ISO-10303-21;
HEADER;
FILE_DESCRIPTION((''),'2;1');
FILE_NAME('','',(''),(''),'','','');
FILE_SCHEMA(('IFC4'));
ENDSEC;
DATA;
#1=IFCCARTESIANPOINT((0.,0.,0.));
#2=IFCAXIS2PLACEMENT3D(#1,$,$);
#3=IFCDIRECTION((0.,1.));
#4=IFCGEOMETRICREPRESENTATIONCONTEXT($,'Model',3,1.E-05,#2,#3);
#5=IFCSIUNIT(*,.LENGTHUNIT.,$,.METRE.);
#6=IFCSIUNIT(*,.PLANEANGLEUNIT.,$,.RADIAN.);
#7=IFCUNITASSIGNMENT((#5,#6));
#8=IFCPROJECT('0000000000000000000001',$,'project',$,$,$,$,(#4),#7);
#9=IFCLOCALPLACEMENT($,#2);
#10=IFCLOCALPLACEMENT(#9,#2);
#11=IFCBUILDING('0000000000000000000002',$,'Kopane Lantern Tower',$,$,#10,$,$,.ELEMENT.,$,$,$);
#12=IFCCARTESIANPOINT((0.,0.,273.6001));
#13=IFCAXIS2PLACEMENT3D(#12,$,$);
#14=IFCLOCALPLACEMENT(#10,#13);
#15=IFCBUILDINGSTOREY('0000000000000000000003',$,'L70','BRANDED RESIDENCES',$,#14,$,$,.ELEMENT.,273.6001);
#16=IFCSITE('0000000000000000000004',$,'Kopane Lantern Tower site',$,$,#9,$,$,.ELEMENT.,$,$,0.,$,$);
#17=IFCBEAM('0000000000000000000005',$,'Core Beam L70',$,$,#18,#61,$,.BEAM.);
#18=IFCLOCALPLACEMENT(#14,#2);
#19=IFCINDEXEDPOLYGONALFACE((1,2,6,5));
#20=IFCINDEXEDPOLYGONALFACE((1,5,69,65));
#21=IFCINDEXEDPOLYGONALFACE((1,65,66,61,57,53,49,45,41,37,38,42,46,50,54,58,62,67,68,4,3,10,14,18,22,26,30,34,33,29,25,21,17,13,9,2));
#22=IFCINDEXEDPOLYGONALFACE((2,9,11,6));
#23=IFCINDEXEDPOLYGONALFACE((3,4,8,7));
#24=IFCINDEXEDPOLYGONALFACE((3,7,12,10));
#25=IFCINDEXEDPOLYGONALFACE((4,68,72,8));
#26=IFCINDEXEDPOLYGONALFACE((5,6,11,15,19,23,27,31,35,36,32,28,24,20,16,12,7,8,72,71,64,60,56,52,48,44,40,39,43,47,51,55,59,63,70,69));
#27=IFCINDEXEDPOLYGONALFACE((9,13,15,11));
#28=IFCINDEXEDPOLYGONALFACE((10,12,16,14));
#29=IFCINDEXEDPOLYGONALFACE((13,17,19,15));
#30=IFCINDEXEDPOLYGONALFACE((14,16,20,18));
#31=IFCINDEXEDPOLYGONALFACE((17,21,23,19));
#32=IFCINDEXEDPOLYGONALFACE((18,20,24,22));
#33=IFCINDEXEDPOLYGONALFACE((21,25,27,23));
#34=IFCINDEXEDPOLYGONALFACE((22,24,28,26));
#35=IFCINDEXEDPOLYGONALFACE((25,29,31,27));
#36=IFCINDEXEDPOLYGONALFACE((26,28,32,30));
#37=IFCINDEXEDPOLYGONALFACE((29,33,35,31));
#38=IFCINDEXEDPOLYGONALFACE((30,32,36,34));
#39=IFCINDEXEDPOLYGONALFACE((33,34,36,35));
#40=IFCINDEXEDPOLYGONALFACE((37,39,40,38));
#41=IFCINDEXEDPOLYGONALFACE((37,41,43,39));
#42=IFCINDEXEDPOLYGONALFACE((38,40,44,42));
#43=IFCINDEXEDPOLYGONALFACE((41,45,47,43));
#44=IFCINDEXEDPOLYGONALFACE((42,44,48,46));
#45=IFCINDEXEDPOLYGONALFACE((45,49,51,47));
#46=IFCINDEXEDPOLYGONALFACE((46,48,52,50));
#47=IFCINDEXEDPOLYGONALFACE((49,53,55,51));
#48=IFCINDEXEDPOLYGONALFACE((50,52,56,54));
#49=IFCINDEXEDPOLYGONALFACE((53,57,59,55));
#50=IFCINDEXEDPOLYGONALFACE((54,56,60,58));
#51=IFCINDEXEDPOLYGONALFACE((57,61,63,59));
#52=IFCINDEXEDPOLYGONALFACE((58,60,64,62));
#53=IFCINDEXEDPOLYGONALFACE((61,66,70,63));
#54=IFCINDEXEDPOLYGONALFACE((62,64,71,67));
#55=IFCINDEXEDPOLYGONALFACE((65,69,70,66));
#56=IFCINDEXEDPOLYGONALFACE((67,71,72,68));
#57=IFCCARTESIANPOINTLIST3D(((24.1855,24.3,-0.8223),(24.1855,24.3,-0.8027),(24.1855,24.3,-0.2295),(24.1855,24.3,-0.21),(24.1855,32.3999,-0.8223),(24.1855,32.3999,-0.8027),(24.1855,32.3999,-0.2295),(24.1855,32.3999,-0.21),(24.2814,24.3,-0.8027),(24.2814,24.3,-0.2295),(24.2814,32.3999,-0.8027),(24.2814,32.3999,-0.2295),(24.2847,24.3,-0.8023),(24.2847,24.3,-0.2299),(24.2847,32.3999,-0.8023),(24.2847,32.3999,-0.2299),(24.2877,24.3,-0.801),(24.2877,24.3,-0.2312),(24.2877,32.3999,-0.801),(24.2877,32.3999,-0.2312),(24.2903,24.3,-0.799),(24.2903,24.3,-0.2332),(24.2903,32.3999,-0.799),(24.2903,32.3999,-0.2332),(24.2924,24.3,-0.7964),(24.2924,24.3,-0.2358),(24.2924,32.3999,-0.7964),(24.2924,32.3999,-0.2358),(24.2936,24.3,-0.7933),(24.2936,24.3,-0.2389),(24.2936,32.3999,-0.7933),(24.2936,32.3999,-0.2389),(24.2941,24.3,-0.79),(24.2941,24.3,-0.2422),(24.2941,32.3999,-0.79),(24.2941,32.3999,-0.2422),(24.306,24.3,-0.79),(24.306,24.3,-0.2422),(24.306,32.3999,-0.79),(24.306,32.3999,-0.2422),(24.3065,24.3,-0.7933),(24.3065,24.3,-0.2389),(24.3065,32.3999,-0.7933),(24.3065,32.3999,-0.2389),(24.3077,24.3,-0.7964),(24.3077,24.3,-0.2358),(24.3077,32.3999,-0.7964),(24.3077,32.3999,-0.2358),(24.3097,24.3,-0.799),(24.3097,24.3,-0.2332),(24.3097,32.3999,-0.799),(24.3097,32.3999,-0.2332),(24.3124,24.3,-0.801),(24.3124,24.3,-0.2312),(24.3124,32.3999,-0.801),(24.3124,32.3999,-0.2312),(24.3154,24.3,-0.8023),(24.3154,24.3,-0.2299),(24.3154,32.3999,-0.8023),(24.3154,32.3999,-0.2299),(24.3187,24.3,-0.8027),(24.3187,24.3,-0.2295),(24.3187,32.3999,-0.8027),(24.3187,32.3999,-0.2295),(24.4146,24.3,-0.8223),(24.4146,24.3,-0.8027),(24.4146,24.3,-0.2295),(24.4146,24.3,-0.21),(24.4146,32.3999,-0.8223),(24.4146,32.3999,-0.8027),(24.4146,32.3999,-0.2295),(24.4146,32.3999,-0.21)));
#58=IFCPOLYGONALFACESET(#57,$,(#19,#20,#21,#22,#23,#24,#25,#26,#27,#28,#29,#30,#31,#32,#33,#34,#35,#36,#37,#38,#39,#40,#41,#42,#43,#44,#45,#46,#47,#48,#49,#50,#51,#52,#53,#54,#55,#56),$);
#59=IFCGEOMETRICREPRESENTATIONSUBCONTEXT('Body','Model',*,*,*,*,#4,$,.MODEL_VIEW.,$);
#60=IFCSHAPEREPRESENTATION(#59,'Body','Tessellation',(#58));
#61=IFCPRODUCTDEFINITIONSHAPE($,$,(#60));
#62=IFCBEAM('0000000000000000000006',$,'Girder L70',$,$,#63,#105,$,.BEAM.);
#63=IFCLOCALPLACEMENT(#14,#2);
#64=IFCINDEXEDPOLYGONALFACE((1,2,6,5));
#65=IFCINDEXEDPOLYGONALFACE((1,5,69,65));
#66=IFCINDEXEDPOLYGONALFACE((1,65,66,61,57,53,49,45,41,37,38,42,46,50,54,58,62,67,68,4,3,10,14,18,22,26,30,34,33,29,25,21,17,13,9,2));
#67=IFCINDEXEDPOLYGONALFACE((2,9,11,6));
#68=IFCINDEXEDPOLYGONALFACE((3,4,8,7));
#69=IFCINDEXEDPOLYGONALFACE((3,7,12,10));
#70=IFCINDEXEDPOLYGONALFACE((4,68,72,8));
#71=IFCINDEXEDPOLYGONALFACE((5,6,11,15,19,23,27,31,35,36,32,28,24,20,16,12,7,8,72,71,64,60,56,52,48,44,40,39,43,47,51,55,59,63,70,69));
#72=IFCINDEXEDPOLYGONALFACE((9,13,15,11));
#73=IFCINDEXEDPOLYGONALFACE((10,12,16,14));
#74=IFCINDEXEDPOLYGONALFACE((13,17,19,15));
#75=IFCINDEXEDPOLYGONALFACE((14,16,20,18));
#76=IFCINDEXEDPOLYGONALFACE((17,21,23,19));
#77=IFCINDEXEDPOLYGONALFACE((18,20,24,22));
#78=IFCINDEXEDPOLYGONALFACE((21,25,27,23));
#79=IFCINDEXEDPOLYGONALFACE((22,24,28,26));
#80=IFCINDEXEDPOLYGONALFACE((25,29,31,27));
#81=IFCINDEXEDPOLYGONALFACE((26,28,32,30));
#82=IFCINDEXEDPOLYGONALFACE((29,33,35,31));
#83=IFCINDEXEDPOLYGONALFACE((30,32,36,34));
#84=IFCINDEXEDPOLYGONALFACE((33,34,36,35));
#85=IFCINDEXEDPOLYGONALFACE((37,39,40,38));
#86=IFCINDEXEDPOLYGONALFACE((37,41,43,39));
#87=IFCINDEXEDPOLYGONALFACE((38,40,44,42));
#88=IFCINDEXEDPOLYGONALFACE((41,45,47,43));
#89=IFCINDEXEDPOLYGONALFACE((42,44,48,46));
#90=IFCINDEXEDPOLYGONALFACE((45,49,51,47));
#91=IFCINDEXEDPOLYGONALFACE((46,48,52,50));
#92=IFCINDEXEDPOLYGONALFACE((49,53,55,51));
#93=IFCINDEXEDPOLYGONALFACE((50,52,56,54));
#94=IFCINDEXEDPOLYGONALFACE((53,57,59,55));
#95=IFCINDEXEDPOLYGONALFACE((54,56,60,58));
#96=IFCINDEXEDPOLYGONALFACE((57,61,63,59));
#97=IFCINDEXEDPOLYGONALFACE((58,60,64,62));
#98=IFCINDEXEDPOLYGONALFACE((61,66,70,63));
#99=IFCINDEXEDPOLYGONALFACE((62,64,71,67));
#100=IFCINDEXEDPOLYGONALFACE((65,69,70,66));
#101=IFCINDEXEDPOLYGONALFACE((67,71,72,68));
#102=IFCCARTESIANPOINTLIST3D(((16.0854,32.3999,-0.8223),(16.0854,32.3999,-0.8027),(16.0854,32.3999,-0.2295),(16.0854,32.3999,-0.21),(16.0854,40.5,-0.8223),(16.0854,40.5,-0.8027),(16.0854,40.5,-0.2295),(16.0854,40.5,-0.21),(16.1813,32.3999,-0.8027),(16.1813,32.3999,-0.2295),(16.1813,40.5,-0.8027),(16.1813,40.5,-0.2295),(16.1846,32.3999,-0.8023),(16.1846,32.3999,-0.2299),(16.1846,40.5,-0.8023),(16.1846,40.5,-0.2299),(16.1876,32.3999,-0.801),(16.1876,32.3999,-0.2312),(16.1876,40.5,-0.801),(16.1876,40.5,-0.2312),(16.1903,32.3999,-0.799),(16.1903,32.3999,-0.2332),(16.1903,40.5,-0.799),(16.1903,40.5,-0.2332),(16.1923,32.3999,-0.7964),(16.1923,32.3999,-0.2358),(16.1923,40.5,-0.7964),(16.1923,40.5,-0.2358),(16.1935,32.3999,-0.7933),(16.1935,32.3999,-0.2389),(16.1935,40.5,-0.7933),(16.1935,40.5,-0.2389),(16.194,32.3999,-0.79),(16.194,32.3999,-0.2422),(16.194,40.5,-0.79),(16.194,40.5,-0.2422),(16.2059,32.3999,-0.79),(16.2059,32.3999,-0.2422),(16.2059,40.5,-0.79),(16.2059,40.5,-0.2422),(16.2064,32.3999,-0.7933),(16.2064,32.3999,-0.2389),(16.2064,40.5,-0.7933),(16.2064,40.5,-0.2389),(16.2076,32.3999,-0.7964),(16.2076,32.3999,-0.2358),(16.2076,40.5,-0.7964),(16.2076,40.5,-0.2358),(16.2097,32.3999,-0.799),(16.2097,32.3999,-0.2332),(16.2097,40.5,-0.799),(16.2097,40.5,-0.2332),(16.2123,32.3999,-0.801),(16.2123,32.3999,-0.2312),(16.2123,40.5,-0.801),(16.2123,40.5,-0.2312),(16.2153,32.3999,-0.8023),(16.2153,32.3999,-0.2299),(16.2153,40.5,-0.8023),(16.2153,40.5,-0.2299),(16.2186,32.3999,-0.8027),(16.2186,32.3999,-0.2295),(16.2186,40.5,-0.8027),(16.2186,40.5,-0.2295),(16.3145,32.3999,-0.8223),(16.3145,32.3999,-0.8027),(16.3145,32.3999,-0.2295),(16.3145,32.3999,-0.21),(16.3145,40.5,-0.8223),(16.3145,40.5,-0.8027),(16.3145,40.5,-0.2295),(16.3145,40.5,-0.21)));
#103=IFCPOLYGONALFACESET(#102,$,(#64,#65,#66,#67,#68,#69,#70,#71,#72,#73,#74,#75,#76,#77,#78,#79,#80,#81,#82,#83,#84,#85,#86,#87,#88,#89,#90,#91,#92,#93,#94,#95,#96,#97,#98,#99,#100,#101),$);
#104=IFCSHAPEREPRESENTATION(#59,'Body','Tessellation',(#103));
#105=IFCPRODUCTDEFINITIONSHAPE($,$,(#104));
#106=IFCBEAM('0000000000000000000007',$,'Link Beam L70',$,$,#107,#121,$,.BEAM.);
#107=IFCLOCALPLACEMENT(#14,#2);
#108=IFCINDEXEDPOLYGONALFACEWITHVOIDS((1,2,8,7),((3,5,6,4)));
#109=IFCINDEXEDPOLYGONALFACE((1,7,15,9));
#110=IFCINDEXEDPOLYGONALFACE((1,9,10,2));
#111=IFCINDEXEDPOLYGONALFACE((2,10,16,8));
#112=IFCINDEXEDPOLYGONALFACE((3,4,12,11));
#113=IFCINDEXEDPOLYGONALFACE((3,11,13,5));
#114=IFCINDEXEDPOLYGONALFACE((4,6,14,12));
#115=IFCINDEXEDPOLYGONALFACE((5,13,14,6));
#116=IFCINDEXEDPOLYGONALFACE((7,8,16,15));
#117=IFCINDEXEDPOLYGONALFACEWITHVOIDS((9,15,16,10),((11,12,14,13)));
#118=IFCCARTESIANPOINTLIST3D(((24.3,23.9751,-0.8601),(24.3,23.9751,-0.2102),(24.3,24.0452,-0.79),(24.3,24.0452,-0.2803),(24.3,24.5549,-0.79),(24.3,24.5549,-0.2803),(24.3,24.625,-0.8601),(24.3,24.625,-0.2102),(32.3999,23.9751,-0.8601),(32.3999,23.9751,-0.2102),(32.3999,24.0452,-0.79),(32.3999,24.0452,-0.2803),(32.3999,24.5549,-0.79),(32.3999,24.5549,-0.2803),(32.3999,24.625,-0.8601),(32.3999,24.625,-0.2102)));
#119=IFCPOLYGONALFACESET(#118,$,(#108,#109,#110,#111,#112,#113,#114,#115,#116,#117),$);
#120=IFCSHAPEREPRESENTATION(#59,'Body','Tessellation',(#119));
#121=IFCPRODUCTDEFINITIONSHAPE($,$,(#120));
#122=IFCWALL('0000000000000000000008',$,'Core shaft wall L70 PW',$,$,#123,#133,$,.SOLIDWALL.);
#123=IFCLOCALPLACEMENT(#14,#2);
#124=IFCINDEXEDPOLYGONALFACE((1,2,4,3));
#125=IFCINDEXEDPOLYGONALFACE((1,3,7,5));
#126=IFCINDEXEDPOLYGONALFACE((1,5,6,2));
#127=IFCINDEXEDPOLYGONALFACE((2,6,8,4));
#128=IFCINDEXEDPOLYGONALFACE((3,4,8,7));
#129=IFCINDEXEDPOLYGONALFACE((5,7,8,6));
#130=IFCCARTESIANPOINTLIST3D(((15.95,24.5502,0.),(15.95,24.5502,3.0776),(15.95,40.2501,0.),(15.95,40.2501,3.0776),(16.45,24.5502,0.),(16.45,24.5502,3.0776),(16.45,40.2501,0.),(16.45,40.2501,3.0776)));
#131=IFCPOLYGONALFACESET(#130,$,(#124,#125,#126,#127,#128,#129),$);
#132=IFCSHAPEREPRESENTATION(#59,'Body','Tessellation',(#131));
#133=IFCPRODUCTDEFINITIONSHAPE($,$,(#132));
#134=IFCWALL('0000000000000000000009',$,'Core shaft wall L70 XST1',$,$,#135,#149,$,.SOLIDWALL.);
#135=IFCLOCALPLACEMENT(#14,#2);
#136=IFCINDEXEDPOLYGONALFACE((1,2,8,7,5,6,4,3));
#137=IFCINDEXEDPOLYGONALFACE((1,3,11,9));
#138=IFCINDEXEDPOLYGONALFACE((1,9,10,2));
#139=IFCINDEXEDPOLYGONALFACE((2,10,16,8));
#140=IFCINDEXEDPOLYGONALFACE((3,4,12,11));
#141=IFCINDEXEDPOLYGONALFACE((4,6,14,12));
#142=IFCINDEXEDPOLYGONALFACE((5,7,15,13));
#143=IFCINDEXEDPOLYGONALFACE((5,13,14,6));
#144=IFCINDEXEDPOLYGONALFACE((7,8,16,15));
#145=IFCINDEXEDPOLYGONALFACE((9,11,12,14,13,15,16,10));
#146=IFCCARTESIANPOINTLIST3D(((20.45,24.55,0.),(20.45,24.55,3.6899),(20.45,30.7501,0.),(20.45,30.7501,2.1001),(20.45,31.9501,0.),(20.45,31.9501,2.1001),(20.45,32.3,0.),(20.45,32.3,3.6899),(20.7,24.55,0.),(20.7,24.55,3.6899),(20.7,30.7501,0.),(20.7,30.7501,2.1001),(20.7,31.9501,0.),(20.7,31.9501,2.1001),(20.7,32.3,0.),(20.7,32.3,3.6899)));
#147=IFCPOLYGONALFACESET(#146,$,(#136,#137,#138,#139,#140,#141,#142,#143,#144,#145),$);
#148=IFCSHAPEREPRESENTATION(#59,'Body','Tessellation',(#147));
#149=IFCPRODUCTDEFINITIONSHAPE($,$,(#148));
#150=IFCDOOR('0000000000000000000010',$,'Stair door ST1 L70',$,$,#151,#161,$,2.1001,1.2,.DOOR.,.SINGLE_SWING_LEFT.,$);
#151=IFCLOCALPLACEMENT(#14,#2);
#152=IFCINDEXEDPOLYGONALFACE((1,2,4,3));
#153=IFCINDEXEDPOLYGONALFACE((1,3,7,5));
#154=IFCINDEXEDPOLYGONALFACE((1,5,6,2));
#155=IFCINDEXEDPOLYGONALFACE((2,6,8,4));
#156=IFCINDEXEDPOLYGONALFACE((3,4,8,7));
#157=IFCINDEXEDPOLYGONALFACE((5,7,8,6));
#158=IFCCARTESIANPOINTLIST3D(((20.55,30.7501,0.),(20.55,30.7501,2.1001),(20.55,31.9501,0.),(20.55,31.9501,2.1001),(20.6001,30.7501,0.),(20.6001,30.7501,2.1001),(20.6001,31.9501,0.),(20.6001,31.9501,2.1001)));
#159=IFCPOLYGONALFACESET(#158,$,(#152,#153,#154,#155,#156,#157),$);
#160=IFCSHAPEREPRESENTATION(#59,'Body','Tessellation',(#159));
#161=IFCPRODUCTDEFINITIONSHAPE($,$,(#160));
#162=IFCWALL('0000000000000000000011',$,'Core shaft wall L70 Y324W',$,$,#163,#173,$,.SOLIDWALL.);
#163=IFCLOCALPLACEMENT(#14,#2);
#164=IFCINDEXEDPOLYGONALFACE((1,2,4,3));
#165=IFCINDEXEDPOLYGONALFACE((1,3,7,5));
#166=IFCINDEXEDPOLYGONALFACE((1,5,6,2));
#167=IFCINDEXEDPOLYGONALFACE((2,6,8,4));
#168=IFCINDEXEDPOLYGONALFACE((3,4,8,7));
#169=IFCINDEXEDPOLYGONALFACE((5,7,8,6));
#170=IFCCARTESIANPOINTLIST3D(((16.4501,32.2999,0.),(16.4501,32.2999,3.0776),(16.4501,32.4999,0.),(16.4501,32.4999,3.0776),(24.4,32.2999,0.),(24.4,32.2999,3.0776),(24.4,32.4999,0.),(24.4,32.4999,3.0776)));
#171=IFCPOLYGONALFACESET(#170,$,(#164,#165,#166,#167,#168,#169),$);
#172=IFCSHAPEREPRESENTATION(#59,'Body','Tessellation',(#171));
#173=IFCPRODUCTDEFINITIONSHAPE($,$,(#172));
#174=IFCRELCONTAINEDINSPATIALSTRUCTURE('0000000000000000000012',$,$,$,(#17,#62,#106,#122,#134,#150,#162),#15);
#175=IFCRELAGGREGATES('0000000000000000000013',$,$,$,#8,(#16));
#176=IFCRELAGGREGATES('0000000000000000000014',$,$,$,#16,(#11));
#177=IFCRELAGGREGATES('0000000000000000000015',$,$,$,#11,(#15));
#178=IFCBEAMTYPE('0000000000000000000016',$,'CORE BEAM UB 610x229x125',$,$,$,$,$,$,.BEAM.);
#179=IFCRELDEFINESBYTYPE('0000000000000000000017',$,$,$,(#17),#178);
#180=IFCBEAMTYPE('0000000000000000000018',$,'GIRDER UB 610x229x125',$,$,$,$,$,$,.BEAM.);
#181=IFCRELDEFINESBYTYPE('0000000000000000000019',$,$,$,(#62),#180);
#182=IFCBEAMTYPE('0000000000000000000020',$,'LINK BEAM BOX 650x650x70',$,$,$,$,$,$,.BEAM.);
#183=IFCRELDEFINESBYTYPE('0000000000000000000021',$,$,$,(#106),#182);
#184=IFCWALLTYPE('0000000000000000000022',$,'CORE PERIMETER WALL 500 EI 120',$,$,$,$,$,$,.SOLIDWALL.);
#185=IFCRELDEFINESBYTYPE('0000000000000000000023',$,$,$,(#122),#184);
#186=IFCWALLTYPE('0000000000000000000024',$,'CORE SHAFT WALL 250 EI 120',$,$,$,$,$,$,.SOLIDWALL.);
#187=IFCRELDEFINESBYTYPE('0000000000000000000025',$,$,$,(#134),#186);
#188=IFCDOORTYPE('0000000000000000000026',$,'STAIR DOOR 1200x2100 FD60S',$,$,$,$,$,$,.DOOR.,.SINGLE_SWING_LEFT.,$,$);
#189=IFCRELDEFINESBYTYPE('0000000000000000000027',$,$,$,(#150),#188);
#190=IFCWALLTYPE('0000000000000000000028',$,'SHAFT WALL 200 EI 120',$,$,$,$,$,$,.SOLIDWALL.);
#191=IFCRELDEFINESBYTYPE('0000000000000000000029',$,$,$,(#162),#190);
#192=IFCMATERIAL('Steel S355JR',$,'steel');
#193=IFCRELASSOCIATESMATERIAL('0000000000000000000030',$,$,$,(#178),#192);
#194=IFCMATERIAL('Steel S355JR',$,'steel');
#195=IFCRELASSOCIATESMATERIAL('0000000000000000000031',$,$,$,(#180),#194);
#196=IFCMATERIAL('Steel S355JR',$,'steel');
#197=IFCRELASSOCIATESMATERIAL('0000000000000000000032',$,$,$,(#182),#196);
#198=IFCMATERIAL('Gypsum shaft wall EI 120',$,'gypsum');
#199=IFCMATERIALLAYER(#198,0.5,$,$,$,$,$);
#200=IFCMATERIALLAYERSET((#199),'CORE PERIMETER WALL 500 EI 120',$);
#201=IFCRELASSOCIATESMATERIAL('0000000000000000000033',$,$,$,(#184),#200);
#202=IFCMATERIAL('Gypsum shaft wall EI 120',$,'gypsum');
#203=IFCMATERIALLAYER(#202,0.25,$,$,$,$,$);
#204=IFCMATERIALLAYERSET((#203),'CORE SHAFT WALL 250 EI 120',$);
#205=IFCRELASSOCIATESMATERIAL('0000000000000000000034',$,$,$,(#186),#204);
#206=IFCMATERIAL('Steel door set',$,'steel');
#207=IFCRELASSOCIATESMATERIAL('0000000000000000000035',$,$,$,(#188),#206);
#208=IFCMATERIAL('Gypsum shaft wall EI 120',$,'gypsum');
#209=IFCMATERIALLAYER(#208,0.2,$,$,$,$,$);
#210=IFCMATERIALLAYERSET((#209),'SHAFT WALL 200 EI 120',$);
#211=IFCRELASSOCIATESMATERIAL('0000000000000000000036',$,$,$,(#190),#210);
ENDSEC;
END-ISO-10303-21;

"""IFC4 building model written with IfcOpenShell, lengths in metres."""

from ifc_helpers import new_model, si_unit, direction, frame, frame_2d, origin, origin_2d, place, context, subcontext, project, spatial, rectangle, hollow_rectangle, i_section, extrude, material, layer, layer_set, material_profile, profile_set, type_object, element, fill, save


model = new_model("IFC4")

# Units and contexts
model_context = context("Model", 3, precision=1e-05, world=origin(), true_north=direction((0.0, 1.0)))
body_context = subcontext(model_context, "Body", "Model", "MODEL_VIEW")
ifc_project = project(units=[si_unit("LENGTHUNIT", "METRE"), si_unit("PLANEANGLEUNIT", "RADIAN")], contexts=[model_context])

# Site, building, storey
site_placement = place(None, origin())
site = spatial("IfcSite", under=ifc_project, at=site_placement, Name="Kopane Lantern Tower site", CompositionType="ELEMENT", RefElevation=0.0)
building_placement = place(site_placement, origin())
building = spatial("IfcBuilding", under=site, at=building_placement, Name="Kopane Lantern Tower", CompositionType="ELEMENT")
storey_placement = place(building_placement, frame((0.0, 0.0, 273.6001)))
storey = spatial("IfcBuildingStorey", under=building, at=storey_placement, Name="L70", Description="BRANDED RESIDENCES", CompositionType="ELEMENT", Elevation=273.6001)

# Beams
ifc_material_1 = material(Name="Steel S355JR", Category="steel")
ifc_material_profile_1 = material_profile(ifc_material_1, i_section(OverallWidth=0.229, OverallDepth=0.6123, WebThickness=0.012, FlangeThickness=0.0195, FilletRadius=0.0127, at=origin_2d()), Name="UB 610x229x125")
ifc_profile_set_1 = profile_set([ifc_material_profile_1], Name="Steel S355JR")
beam_type_1 = type_object("IfcBeamType", Name="CORE BEAM UB 610x229x125", PredefinedType="BEAM", material=ifc_profile_set_1)
beam_1_placement = place(storey_placement, frame((24.3, 24.3, -0.5161), z_axis=(0.0, 1.0, 0.0), x_axis=(-1.0, 0.0, 0.0)))
element("IfcBeam", 1, at=beam_1_placement, inside=storey, type_object=beam_type_1, Name="Core Beam L70", PredefinedType="BEAM", context=body_context, shape_type="SweptSolid", body=[
    extrude(i_section(OverallWidth=0.229, OverallDepth=0.6123, WebThickness=0.012, FlangeThickness=0.0195, FilletRadius=0.0127, at=origin_2d()), origin(), (0.0, 0.0, 1.0), 8.0999),
])
ifc_material_2 = material(Name="Steel S355JR", Category="steel")
ifc_material_profile_2 = material_profile(ifc_material_2, i_section(OverallWidth=0.229, OverallDepth=0.6123, WebThickness=0.012, FlangeThickness=0.0195, FilletRadius=0.0127, at=origin_2d()), Name="UB 610x229x125")
ifc_profile_set_2 = profile_set([ifc_material_profile_2], Name="Steel S355JR")
beam_type_2 = type_object("IfcBeamType", Name="GIRDER UB 610x229x125", PredefinedType="BEAM", material=ifc_profile_set_2)
beam_2_placement = place(storey_placement, frame((16.2, 32.3999, -0.5161), z_axis=(0.0, 1.0, 0.0), x_axis=(-1.0, 0.0, 0.0)))
element("IfcBeam", 2, at=beam_2_placement, inside=storey, type_object=beam_type_2, Name="Girder L70", PredefinedType="BEAM", context=body_context, shape_type="SweptSolid", body=[
    extrude(i_section(OverallWidth=0.229, OverallDepth=0.6123, WebThickness=0.012, FlangeThickness=0.0195, FilletRadius=0.0127, at=origin_2d()), origin(), (0.0, 0.0, 1.0), 8.1001),
])
ifc_material_3 = material(Name="Steel S355JR", Category="steel")
ifc_material_profile_3 = material_profile(ifc_material_3, hollow_rectangle(XDim=0.6499, YDim=0.6499, WallThickness=0.0701, at=origin_2d()), Name="BOX 650x650x70")
ifc_profile_set_3 = profile_set([ifc_material_profile_3], Name="Steel S355JR")
beam_type_3 = type_object("IfcBeamType", Name="LINK BEAM BOX 650x650x70", PredefinedType="BEAM", material=ifc_profile_set_3)
beam_3_placement = place(storey_placement, frame((24.3, 24.3, -0.5352), z_axis=(1.0, 0.0, 0.0), x_axis=(0.0, 1.0, 0.0)))
element("IfcBeam", 3, at=beam_3_placement, inside=storey, type_object=beam_type_3, Name="Link Beam L70", PredefinedType="BEAM", context=body_context, shape_type="SweptSolid", body=[
    extrude(hollow_rectangle(XDim=0.6499, YDim=0.6499, WallThickness=0.0701, at=origin_2d()), origin(), (0.0, 0.0, 1.0), 8.0999),
])

# Wall
ifc_material_4 = material(Name="Gypsum shaft wall EI 120", Category="gypsum")
ifc_layer_1 = layer(ifc_material_4, 0.5)
ifc_layer_set_1 = layer_set([ifc_layer_1], Name="CORE PERIMETER WALL 500 EI 120")
wall_type_1 = type_object("IfcWallType", Name="CORE PERIMETER WALL 500 EI 120", PredefinedType="SOLIDWALL", material=ifc_layer_set_1)
wall_1_placement = place(storey_placement, frame((16.2, 24.55, 0.0), z_axis=(0.0, 0.0, 1.0), x_axis=(0.0, 1.0, 0.0)))
element("IfcWall", 4, at=wall_1_placement, inside=storey, type_object=wall_type_1, Name="Core shaft wall L70 PW", PredefinedType="SOLIDWALL", context=body_context, shape_type="SweptSolid", body=[
    extrude(rectangle(XDim=15.7, YDim=0.5, at=frame_2d((7.8501, 0.0))), origin(), (0.0, 0.0, 1.0), 3.0776),
])

# Wall, opening, door
ifc_material_5 = material(Name="Gypsum shaft wall EI 120", Category="gypsum")
ifc_layer_2 = layer(ifc_material_5, 0.25)
ifc_layer_set_2 = layer_set([ifc_layer_2], Name="CORE SHAFT WALL 250 EI 120")
wall_type_2 = type_object("IfcWallType", Name="CORE SHAFT WALL 250 EI 120", PredefinedType="SOLIDWALL", material=ifc_layer_set_2)
wall_2_placement = place(storey_placement, frame((20.575, 24.55, 0.0), z_axis=(0.0, 0.0, 1.0), x_axis=(0.0, 1.0, 0.0)))
wall_2 = element("IfcWall", 5, at=wall_2_placement, inside=storey, type_object=wall_type_2, Name="Core shaft wall L70 XST1", PredefinedType="SOLIDWALL", context=body_context, shape_type="SweptSolid", body=[
    extrude(rectangle(XDim=7.75, YDim=0.25, at=frame_2d((3.875, 0.0))), origin(), (0.0, 0.0, 1.0), 3.6899),
])
opening_1_placement = place(wall_2_placement, frame((6.2, 0.0, 0.0)))
opening_1 = element("IfcOpeningElement", 6, at=opening_1_placement, cuts=wall_2, PredefinedType="OPENING", context=body_context, shape_type="SweptSolid", body=[
    extrude(rectangle(XDim=1.2, YDim=2.1001, at=frame_2d((0.6001, 1.05))), frame((0.0, 0.135, 0.0), z_axis=(0.0, -1.0, 0.0), x_axis=(1.0, 0.0, 0.0)), (0.0, 0.0, 1.0), 0.27),
])
ifc_material_6 = material(Name="Steel door set", Category="steel")
door_type_1 = type_object("IfcDoorType", Name="STAIR DOOR 1200x2100 FD60S", OperationType="SINGLE_SWING_LEFT", PredefinedType="DOOR", material=ifc_material_6)
door_1_placement = place(opening_1_placement, origin())
door_1 = element("IfcDoor", 7, at=door_1_placement, inside=storey, type_object=door_type_1, Name="Stair door ST1 L70", OperationType="SINGLE_SWING_LEFT", OverallHeight=2.1001, OverallWidth=1.2, PredefinedType="DOOR", context=body_context, shape_type="SweptSolid", body=[
    extrude(rectangle(XDim=1.2, YDim=2.1001, at=frame_2d((0.6001, 1.05))), frame((0.0, 0.0249, 0.0), z_axis=(0.0, -1.0, 0.0), x_axis=(1.0, 0.0, 0.0)), (0.0, 0.0, 1.0), 0.05),
])
fill(opening_1, door_1)

# Wall
ifc_material_7 = material(Name="Gypsum shaft wall EI 120", Category="gypsum")
ifc_layer_3 = layer(ifc_material_7, 0.2)
ifc_layer_set_3 = layer_set([ifc_layer_3], Name="SHAFT WALL 200 EI 120")
wall_type_3 = type_object("IfcWallType", Name="SHAFT WALL 200 EI 120", PredefinedType="SOLIDWALL", material=ifc_layer_set_3)
wall_3_placement = place(storey_placement, frame((16.45, 32.3999, 0.0), z_axis=(0.0, 0.0, 1.0), x_axis=(1.0, 0.0, 0.0)))
element("IfcWall", 8, at=wall_3_placement, inside=storey, type_object=wall_type_3, Name="Core shaft wall L70 Y324W", PredefinedType="SOLIDWALL", context=body_context, shape_type="SweptSolid", body=[
    extrude(rectangle(XDim=7.95, YDim=0.2, at=frame_2d((3.9751, 0.0))), origin(), (0.0, 0.0, 1.0), 3.0776),
])

save(model, "model.ifc")
